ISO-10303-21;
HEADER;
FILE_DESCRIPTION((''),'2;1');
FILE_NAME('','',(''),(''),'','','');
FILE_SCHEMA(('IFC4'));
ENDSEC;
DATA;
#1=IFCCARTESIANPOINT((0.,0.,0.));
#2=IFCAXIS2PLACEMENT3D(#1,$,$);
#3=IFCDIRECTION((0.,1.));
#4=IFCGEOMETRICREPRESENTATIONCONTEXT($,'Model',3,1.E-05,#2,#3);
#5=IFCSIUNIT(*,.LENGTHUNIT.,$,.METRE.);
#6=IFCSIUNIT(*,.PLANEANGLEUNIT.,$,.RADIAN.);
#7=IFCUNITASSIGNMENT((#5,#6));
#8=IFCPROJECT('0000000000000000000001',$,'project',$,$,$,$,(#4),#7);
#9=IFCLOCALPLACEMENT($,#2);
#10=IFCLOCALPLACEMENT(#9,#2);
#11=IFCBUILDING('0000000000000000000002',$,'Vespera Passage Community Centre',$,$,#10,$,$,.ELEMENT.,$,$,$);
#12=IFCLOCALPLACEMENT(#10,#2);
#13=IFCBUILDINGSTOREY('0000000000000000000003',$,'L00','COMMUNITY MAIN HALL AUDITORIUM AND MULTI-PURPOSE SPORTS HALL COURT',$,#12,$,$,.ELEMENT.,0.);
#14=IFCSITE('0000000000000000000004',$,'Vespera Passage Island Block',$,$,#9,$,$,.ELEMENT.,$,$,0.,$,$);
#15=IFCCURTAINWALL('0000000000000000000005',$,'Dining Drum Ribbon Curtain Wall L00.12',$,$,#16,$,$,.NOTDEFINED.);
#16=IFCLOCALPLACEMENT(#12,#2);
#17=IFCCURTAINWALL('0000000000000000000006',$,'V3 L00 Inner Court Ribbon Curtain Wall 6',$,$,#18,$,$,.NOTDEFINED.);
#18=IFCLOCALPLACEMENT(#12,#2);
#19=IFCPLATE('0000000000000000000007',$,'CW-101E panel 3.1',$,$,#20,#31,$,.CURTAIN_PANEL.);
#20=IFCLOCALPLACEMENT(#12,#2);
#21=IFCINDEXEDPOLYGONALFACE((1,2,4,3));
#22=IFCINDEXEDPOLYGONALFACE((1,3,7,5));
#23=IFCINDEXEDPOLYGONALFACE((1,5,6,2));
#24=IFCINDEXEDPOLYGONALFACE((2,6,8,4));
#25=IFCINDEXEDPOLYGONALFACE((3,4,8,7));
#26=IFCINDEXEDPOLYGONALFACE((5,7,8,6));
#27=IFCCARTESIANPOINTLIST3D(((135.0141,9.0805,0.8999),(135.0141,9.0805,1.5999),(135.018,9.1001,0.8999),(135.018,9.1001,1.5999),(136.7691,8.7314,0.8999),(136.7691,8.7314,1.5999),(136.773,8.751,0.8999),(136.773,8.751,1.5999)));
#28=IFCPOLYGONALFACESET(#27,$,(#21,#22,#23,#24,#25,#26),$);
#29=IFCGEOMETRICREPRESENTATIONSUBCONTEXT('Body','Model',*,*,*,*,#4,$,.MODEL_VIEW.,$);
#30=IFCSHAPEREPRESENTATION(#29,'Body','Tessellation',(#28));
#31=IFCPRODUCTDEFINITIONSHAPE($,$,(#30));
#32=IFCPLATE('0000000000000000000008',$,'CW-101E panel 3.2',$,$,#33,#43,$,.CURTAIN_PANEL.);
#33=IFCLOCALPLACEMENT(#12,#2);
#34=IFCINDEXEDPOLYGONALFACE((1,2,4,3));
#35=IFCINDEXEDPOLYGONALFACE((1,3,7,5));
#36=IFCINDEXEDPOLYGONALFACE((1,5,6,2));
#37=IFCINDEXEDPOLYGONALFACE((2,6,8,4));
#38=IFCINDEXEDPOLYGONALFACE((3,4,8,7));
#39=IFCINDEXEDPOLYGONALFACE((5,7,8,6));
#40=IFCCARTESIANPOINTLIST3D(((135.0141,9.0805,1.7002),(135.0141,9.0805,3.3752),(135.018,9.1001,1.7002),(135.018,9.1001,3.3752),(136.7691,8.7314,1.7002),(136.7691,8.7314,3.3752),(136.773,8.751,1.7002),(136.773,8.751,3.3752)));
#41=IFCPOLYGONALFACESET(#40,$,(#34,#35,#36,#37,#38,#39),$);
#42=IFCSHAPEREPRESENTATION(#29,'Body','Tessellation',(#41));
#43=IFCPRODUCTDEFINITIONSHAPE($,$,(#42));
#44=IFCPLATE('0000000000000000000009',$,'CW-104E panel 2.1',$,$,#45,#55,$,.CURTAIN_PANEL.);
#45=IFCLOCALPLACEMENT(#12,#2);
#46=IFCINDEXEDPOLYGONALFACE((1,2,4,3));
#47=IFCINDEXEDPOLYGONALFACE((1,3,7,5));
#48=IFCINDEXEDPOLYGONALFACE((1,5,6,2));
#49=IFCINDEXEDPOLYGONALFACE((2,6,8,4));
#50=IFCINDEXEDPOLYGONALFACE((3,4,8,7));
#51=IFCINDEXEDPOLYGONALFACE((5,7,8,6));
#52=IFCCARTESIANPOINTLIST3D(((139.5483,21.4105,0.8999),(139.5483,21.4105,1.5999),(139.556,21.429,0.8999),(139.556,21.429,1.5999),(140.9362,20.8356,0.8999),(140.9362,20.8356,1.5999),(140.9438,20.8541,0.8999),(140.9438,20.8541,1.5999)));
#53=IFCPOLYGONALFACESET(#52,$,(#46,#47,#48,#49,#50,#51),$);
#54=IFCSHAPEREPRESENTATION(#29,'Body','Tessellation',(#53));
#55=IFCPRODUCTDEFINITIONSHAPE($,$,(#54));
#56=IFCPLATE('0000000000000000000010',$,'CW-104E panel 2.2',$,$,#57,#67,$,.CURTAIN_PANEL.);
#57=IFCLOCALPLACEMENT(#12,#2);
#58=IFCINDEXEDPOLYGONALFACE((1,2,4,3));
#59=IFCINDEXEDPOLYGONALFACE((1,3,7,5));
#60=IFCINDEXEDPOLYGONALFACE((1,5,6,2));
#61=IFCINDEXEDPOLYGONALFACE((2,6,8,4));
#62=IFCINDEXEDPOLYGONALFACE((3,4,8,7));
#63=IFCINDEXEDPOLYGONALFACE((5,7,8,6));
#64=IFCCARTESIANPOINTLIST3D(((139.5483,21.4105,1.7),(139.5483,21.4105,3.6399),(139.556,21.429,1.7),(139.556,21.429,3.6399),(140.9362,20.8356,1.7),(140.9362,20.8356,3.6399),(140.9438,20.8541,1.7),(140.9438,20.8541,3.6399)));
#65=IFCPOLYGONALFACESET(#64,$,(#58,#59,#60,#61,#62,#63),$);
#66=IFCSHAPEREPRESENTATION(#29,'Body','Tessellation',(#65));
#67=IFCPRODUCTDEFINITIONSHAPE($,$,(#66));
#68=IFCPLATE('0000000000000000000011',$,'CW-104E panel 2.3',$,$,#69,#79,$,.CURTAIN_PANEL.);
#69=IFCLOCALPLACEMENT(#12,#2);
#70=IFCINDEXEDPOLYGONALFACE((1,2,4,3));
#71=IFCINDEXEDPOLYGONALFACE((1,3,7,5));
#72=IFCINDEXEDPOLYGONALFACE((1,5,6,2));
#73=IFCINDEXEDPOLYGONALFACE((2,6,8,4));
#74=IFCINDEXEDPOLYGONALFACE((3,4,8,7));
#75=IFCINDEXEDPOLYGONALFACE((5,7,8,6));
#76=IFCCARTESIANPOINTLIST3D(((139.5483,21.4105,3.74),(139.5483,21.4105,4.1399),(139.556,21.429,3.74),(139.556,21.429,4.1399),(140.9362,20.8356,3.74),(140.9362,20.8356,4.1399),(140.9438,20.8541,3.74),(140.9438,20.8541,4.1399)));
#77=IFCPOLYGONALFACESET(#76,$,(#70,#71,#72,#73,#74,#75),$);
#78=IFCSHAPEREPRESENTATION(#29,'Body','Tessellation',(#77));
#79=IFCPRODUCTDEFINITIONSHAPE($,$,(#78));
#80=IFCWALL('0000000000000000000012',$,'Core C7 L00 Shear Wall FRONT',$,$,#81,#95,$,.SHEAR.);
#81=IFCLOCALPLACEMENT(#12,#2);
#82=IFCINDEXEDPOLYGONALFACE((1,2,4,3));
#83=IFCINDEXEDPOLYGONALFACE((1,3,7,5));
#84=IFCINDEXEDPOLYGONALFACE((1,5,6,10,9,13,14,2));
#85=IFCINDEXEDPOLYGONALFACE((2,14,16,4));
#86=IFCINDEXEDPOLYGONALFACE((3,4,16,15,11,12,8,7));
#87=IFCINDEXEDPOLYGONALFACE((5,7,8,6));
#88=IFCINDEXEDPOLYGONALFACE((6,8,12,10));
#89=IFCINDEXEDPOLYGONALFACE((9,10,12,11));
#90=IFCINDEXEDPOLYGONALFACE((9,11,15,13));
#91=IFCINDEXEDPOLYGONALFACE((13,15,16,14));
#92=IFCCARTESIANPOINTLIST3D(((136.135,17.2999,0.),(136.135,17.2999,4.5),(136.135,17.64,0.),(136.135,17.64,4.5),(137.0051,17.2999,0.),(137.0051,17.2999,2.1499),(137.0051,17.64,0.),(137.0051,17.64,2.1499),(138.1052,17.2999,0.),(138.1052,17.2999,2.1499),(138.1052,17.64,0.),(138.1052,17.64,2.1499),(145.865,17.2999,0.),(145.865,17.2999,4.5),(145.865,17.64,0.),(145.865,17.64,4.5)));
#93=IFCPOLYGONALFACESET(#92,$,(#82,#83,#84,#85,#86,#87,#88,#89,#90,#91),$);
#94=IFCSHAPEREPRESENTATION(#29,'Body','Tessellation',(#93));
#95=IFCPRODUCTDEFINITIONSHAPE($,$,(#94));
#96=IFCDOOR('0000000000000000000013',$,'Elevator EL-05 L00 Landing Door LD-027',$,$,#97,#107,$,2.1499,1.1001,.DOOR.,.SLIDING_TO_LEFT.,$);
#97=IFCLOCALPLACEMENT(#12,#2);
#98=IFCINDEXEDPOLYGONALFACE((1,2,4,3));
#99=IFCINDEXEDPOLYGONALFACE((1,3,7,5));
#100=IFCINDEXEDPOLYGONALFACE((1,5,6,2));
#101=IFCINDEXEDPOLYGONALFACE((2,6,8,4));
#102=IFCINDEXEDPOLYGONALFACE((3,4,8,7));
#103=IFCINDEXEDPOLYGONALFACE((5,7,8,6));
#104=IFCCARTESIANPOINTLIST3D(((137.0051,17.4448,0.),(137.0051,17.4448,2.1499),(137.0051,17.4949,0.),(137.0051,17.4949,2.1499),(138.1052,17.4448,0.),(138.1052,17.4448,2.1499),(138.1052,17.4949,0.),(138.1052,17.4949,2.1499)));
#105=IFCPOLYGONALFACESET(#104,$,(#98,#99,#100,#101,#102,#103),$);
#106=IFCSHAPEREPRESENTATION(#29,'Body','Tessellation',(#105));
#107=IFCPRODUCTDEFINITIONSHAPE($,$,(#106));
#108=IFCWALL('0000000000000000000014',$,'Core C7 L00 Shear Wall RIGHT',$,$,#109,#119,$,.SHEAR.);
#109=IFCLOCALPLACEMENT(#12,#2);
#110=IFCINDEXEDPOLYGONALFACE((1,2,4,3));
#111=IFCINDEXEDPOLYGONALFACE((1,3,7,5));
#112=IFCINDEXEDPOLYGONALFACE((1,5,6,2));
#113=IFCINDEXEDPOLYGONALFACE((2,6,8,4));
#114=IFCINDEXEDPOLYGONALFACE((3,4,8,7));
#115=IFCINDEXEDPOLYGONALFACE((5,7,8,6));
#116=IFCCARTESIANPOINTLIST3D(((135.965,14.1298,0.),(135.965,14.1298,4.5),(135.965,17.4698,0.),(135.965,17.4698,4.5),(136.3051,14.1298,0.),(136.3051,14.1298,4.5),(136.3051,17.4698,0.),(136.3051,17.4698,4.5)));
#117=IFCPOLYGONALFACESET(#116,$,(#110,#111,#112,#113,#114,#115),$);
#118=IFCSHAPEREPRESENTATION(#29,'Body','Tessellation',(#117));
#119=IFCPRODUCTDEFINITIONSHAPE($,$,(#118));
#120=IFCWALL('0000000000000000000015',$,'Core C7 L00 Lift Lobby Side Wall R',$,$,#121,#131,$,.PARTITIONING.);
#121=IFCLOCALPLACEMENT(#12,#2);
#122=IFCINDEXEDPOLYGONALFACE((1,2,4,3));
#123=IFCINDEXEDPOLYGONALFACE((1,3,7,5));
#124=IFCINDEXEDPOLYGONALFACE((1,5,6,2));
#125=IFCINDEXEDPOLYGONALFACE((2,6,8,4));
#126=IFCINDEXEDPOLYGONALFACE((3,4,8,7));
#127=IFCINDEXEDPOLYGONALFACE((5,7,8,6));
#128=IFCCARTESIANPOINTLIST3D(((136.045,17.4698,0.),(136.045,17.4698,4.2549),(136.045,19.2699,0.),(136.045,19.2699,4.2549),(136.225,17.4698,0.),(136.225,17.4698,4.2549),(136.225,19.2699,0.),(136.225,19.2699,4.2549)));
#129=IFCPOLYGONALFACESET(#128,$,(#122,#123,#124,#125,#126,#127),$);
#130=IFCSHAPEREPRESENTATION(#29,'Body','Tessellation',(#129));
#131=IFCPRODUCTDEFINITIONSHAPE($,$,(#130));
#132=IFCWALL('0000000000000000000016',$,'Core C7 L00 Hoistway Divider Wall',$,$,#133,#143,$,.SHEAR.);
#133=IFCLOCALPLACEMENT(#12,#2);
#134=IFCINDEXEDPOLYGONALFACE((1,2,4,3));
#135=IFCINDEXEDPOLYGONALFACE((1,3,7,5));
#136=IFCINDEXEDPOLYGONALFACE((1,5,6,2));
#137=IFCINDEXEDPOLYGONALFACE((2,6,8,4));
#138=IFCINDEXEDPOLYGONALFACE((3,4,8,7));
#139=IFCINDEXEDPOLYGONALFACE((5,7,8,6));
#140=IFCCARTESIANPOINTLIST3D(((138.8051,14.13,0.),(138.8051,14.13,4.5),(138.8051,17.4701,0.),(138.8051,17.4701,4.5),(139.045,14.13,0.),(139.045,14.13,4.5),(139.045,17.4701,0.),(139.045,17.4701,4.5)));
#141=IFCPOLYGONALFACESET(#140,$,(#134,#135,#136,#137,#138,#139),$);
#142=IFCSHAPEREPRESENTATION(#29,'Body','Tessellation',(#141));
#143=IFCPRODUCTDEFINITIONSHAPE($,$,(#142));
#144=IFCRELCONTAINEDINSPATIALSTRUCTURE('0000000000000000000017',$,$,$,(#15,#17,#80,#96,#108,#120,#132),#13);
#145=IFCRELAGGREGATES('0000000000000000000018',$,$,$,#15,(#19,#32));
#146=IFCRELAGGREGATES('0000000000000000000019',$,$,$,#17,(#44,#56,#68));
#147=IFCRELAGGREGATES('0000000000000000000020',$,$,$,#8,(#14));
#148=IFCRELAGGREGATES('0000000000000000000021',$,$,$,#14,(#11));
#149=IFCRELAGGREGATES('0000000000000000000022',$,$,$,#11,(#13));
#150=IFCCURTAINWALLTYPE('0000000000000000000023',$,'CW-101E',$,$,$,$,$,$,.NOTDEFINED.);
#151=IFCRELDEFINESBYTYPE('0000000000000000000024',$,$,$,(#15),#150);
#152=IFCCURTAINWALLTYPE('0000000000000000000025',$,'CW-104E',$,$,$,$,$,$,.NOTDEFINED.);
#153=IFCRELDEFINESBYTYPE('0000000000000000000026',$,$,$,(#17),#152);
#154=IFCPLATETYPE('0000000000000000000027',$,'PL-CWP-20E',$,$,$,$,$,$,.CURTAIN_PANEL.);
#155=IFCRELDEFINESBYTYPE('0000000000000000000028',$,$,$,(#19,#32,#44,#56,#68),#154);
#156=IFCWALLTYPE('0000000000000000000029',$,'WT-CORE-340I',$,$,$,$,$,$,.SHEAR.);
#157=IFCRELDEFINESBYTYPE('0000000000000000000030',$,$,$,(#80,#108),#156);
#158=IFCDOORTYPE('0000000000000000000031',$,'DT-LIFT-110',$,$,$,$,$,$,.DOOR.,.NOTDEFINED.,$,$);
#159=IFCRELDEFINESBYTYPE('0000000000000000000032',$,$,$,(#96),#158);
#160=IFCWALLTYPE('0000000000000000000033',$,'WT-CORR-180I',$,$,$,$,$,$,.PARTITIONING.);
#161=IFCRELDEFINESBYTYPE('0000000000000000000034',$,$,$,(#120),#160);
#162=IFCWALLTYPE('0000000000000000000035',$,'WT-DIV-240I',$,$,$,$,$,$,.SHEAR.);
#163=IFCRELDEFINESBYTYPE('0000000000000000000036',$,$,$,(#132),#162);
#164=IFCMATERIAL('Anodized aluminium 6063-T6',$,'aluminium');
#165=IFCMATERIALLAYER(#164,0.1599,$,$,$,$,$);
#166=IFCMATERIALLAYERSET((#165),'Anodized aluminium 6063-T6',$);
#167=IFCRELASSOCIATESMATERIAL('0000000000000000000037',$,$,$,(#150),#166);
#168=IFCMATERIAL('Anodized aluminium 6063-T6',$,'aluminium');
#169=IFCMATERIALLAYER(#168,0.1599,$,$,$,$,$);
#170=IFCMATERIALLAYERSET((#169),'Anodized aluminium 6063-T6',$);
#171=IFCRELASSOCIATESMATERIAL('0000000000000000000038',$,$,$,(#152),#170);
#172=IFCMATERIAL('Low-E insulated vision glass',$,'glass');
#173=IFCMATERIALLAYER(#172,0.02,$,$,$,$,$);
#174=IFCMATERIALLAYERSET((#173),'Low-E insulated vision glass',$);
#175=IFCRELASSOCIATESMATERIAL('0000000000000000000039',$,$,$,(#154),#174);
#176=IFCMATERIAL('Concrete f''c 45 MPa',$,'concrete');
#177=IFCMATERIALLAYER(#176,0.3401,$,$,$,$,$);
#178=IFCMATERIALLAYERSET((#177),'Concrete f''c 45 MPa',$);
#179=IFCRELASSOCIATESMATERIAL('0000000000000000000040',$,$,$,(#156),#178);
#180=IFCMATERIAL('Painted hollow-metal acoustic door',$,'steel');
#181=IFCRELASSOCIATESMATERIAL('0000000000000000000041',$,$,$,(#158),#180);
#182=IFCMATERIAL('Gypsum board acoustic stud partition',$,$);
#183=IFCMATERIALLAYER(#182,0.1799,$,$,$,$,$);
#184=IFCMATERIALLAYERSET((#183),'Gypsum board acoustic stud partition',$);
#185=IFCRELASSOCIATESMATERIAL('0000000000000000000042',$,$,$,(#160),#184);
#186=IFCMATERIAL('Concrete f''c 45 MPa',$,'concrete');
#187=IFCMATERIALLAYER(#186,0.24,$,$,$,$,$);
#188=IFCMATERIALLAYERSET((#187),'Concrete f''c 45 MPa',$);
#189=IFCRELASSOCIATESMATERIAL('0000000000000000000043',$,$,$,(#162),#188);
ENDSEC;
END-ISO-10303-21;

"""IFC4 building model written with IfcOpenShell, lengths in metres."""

from ifc_helpers import new_model, si_unit, direction, frame, frame_2d, origin, origin_2d, place, context, subcontext, project, spatial, rectangle, extrude, material, layer, layer_set, type_object, element, fill, aggregate, save


model = new_model("IFC4")

# Units and contexts
model_context = context("Model", 3, precision=1e-05, world=origin(), true_north=direction((0.0, 1.0)))
body_context = subcontext(model_context, "Body", "Model", "MODEL_VIEW")
ifc_project = project(units=[si_unit("LENGTHUNIT", "METRE"), si_unit("PLANEANGLEUNIT", "RADIAN")], contexts=[model_context])

# Site, building, storey
site_placement = place(None, origin())
site = spatial("IfcSite", under=ifc_project, at=site_placement, Name="Vespera Passage Island Block", CompositionType="ELEMENT", RefElevation=0.0)
building_placement = place(site_placement, origin())
building = spatial("IfcBuilding", under=site, at=building_placement, Name="Vespera Passage Community Centre", CompositionType="ELEMENT")
storey_placement = place(building_placement, origin())
storey = spatial("IfcBuildingStorey", under=building, at=storey_placement, Name="L00", Description="COMMUNITY MAIN HALL AUDITORIUM AND MULTI-PURPOSE SPORTS HALL COURT", CompositionType="ELEMENT", Elevation=0.0)

# Curtain walls
ifc_material_1 = material(Name="Anodized aluminium 6063-T6", Category="aluminium")
ifc_layer_1 = layer(ifc_material_1, 0.1599)
ifc_layer_set_1 = layer_set([ifc_layer_1], Name="Anodized aluminium 6063-T6")
curtain_wall_type_1 = type_object("IfcCurtainWallType", Name="CW-101E", PredefinedType="NOTDEFINED", material=ifc_layer_set_1)
curtain_wall_1_placement = place(storey_placement, origin())
curtain_wall_1 = element("IfcCurtainWall", 1, at=curtain_wall_1_placement, inside=storey, type_object=curtain_wall_type_1, Name="Dining Drum Ribbon Curtain Wall L00.12", PredefinedType="NOTDEFINED")
ifc_material_2 = material(Name="Anodized aluminium 6063-T6", Category="aluminium")
ifc_layer_2 = layer(ifc_material_2, 0.1599)
ifc_layer_set_2 = layer_set([ifc_layer_2], Name="Anodized aluminium 6063-T6")
curtain_wall_type_2 = type_object("IfcCurtainWallType", Name="CW-104E", PredefinedType="NOTDEFINED", material=ifc_layer_set_2)
curtain_wall_2_placement = place(storey_placement, origin())
curtain_wall_2 = element("IfcCurtainWall", 2, at=curtain_wall_2_placement, inside=storey, type_object=curtain_wall_type_2, Name="V3 L00 Inner Court Ribbon Curtain Wall 6", PredefinedType="NOTDEFINED")

# Plates
ifc_material_3 = material(Name="Low-E insulated vision glass", Category="glass")
ifc_layer_3 = layer(ifc_material_3, 0.02)
ifc_layer_set_3 = layer_set([ifc_layer_3], Name="Low-E insulated vision glass")
plate_type = type_object("IfcPlateType", Name="PL-CWP-20E", PredefinedType="CURTAIN_PANEL", material=ifc_layer_set_3)
plate_1_placement = place(storey_placement, frame((135.8936, 8.9158, 0.8999), z_axis=(0.0, 0.0, 1.0), x_axis=(-0.980784, 0.195097, 0.0)))
plate_1 = element("IfcPlate", 3, at=plate_1_placement, type_object=plate_type, Name="CW-101E panel 3.1", PredefinedType="CURTAIN_PANEL", context=body_context, shape_type="SweptSolid", body=[
    extrude(rectangle(XDim=1.7893, YDim=0.02, at=origin_2d()), origin(), (0.0, 0.0, 1.0), 0.7),
])
plate_2_placement = place(storey_placement, frame((135.8936, 8.9158, 1.7002), z_axis=(0.0, 0.0, 1.0), x_axis=(-0.980784, 0.195097, 0.0)))
plate_2 = element("IfcPlate", 4, at=plate_2_placement, type_object=plate_type, Name="CW-101E panel 3.2", PredefinedType="CURTAIN_PANEL", context=body_context, shape_type="SweptSolid", body=[
    extrude(rectangle(XDim=1.7893, YDim=0.02, at=origin_2d()), origin(), (0.0, 0.0, 1.0), 1.675),
])
aggregate(curtain_wall_1, [plate_1, plate_2])
plate_3_placement = place(storey_placement, frame((140.2461, 21.1323, 0.8999), z_axis=(0.0, 0.0, 1.0), x_axis=(0.923879, -0.382686, 0.0)))
plate_3 = element("IfcPlate", 5, at=plate_3_placement, type_object=plate_type, Name="CW-104E panel 2.1", PredefinedType="CURTAIN_PANEL", context=body_context, shape_type="SweptSolid", body=[
    extrude(rectangle(XDim=1.5022, YDim=0.02, at=origin_2d()), origin(), (0.0, 0.0, 1.0), 0.7),
])
plate_4_placement = place(storey_placement, frame((140.2461, 21.1323, 1.7), z_axis=(0.0, 0.0, 1.0), x_axis=(0.923879, -0.382686, 0.0)))
plate_4 = element("IfcPlate", 6, at=plate_4_placement, type_object=plate_type, Name="CW-104E panel 2.2", PredefinedType="CURTAIN_PANEL", context=body_context, shape_type="SweptSolid", body=[
    extrude(rectangle(XDim=1.5022, YDim=0.02, at=origin_2d()), origin(), (0.0, 0.0, 1.0), 1.9399),
])
plate_5_placement = place(storey_placement, frame((140.2461, 21.1323, 3.74), z_axis=(0.0, 0.0, 1.0), x_axis=(0.923879, -0.382686, 0.0)))
plate_5 = element("IfcPlate", 7, at=plate_5_placement, type_object=plate_type, Name="CW-104E panel 2.3", PredefinedType="CURTAIN_PANEL", context=body_context, shape_type="SweptSolid", body=[
    extrude(rectangle(XDim=1.5022, YDim=0.02, at=origin_2d()), origin(), (0.0, 0.0, 1.0), 0.3999),
])
aggregate(curtain_wall_2, [plate_3, plate_4, plate_5])

# Wall, opening, door
ifc_material_4 = material(Name="Concrete f'c 45 MPa", Category="concrete")
ifc_layer_4 = layer(ifc_material_4, 0.3401)
ifc_layer_set_4 = layer_set([ifc_layer_4], Name="Concrete f'c 45 MPa")
wall_type_1 = type_object("IfcWallType", Name="WT-CORE-340I", PredefinedType="SHEAR", material=ifc_layer_set_4)
wall_1_placement = place(storey_placement, frame((136.135, 17.47, 0.0), z_axis=(0.0, 0.0, 1.0), x_axis=(1.0, 0.0, 0.0)))
wall_1 = element("IfcWall", 8, at=wall_1_placement, inside=storey, type_object=wall_type_1, Name="Core C7 L00 Shear Wall FRONT", PredefinedType="SHEAR", context=body_context, shape_type="SweptSolid", body=[
    extrude(rectangle(XDim=9.73, YDim=0.3401, at=frame_2d((4.865, 0.0))), origin(), (0.0, 0.0, 1.0), 4.5),
])
opening_placement = place(wall_1_placement, frame((0.8701, 0.0, 0.0)))
opening = element("IfcOpeningElement", 9, at=opening_placement, cuts=wall_1, PredefinedType="OPENING", context=body_context, shape_type="SweptSolid", body=[
    extrude(rectangle(XDim=1.1001, YDim=2.1499, at=frame_2d((0.55, 1.075))), frame((0.0, 0.1799, 0.0), z_axis=(0.0, -1.0, 0.0), x_axis=(1.0, 0.0, 0.0)), (0.0, 0.0, 1.0), 0.3601),
])
ifc_material_5 = material(Name="Painted hollow-metal acoustic door", Category="steel")
door_type = type_object("IfcDoorType", Name="DT-LIFT-110", OperationType="NOTDEFINED", PredefinedType="DOOR", material=ifc_material_5)
door_placement = place(opening_placement, origin())
door = element("IfcDoor", 10, at=door_placement, inside=storey, type_object=door_type, Name="Elevator EL-05 L00 Landing Door LD-027", OperationType="SLIDING_TO_LEFT", OverallHeight=2.1499, OverallWidth=1.1001, PredefinedType="DOOR", context=body_context, shape_type="SweptSolid", body=[
    extrude(rectangle(XDim=1.1001, YDim=2.1499, at=frame_2d((0.55, 1.075))), frame((0.0, 0.0249, 0.0), z_axis=(0.0, -1.0, 0.0), x_axis=(1.0, 0.0, 0.0)), (0.0, 0.0, 1.0), 0.05),
])
fill(opening, door)

# Walls
wall_2_placement = place(storey_placement, frame((136.135, 14.1299, 0.0), z_axis=(0.0, 0.0, 1.0), x_axis=(0.0, 1.0, 0.0)))
element("IfcWall", 11, at=wall_2_placement, inside=storey, type_object=wall_type_1, Name="Core C7 L00 Shear Wall RIGHT", PredefinedType="SHEAR", context=body_context, shape_type="SweptSolid", body=[
    extrude(rectangle(XDim=3.3401, YDim=0.3401, at=frame_2d((1.6699, 0.0))), origin(), (0.0, 0.0, 1.0), 4.5),
])
ifc_material_6 = material(Name="Gypsum board acoustic stud partition")
ifc_layer_5 = layer(ifc_material_6, 0.1799)
ifc_layer_set_5 = layer_set([ifc_layer_5], Name="Gypsum board acoustic stud partition")
wall_type_2 = type_object("IfcWallType", Name="WT-CORR-180I", PredefinedType="PARTITIONING", material=ifc_layer_set_5)
wall_3_placement = place(storey_placement, frame((136.135, 17.47, 0.0), z_axis=(0.0, 0.0, 1.0), x_axis=(0.0, 1.0, 0.0)))
element("IfcWall", 12, at=wall_3_placement, inside=storey, type_object=wall_type_2, Name="Core C7 L00 Lift Lobby Side Wall R", PredefinedType="PARTITIONING", context=body_context, shape_type="SweptSolid", body=[
    extrude(rectangle(XDim=1.8, YDim=0.1799, at=frame_2d((0.8999, 0.0))), origin(), (0.0, 0.0, 1.0), 4.2549),
])
ifc_material_7 = material(Name="Concrete f'c 45 MPa", Category="concrete")
ifc_layer_6 = layer(ifc_material_7, 0.24)
ifc_layer_set_6 = layer_set([ifc_layer_6], Name="Concrete f'c 45 MPa")
wall_type_3 = type_object("IfcWallType", Name="WT-DIV-240I", PredefinedType="SHEAR", material=ifc_layer_set_6)
wall_4_placement = place(storey_placement, frame((138.925, 17.47, 0.0), z_axis=(0.0, 0.0, 1.0), x_axis=(0.0, -1.0, 0.0)))
element("IfcWall", 13, at=wall_4_placement, inside=storey, type_object=wall_type_3, Name="Core C7 L00 Hoistway Divider Wall", PredefinedType="SHEAR", context=body_context, shape_type="SweptSolid", body=[
    extrude(rectangle(XDim=3.3401, YDim=0.24, at=frame_2d((1.6699, 0.0))), origin(), (0.0, 0.0, 1.0), 4.5),
])

save(model, "model.ifc")
